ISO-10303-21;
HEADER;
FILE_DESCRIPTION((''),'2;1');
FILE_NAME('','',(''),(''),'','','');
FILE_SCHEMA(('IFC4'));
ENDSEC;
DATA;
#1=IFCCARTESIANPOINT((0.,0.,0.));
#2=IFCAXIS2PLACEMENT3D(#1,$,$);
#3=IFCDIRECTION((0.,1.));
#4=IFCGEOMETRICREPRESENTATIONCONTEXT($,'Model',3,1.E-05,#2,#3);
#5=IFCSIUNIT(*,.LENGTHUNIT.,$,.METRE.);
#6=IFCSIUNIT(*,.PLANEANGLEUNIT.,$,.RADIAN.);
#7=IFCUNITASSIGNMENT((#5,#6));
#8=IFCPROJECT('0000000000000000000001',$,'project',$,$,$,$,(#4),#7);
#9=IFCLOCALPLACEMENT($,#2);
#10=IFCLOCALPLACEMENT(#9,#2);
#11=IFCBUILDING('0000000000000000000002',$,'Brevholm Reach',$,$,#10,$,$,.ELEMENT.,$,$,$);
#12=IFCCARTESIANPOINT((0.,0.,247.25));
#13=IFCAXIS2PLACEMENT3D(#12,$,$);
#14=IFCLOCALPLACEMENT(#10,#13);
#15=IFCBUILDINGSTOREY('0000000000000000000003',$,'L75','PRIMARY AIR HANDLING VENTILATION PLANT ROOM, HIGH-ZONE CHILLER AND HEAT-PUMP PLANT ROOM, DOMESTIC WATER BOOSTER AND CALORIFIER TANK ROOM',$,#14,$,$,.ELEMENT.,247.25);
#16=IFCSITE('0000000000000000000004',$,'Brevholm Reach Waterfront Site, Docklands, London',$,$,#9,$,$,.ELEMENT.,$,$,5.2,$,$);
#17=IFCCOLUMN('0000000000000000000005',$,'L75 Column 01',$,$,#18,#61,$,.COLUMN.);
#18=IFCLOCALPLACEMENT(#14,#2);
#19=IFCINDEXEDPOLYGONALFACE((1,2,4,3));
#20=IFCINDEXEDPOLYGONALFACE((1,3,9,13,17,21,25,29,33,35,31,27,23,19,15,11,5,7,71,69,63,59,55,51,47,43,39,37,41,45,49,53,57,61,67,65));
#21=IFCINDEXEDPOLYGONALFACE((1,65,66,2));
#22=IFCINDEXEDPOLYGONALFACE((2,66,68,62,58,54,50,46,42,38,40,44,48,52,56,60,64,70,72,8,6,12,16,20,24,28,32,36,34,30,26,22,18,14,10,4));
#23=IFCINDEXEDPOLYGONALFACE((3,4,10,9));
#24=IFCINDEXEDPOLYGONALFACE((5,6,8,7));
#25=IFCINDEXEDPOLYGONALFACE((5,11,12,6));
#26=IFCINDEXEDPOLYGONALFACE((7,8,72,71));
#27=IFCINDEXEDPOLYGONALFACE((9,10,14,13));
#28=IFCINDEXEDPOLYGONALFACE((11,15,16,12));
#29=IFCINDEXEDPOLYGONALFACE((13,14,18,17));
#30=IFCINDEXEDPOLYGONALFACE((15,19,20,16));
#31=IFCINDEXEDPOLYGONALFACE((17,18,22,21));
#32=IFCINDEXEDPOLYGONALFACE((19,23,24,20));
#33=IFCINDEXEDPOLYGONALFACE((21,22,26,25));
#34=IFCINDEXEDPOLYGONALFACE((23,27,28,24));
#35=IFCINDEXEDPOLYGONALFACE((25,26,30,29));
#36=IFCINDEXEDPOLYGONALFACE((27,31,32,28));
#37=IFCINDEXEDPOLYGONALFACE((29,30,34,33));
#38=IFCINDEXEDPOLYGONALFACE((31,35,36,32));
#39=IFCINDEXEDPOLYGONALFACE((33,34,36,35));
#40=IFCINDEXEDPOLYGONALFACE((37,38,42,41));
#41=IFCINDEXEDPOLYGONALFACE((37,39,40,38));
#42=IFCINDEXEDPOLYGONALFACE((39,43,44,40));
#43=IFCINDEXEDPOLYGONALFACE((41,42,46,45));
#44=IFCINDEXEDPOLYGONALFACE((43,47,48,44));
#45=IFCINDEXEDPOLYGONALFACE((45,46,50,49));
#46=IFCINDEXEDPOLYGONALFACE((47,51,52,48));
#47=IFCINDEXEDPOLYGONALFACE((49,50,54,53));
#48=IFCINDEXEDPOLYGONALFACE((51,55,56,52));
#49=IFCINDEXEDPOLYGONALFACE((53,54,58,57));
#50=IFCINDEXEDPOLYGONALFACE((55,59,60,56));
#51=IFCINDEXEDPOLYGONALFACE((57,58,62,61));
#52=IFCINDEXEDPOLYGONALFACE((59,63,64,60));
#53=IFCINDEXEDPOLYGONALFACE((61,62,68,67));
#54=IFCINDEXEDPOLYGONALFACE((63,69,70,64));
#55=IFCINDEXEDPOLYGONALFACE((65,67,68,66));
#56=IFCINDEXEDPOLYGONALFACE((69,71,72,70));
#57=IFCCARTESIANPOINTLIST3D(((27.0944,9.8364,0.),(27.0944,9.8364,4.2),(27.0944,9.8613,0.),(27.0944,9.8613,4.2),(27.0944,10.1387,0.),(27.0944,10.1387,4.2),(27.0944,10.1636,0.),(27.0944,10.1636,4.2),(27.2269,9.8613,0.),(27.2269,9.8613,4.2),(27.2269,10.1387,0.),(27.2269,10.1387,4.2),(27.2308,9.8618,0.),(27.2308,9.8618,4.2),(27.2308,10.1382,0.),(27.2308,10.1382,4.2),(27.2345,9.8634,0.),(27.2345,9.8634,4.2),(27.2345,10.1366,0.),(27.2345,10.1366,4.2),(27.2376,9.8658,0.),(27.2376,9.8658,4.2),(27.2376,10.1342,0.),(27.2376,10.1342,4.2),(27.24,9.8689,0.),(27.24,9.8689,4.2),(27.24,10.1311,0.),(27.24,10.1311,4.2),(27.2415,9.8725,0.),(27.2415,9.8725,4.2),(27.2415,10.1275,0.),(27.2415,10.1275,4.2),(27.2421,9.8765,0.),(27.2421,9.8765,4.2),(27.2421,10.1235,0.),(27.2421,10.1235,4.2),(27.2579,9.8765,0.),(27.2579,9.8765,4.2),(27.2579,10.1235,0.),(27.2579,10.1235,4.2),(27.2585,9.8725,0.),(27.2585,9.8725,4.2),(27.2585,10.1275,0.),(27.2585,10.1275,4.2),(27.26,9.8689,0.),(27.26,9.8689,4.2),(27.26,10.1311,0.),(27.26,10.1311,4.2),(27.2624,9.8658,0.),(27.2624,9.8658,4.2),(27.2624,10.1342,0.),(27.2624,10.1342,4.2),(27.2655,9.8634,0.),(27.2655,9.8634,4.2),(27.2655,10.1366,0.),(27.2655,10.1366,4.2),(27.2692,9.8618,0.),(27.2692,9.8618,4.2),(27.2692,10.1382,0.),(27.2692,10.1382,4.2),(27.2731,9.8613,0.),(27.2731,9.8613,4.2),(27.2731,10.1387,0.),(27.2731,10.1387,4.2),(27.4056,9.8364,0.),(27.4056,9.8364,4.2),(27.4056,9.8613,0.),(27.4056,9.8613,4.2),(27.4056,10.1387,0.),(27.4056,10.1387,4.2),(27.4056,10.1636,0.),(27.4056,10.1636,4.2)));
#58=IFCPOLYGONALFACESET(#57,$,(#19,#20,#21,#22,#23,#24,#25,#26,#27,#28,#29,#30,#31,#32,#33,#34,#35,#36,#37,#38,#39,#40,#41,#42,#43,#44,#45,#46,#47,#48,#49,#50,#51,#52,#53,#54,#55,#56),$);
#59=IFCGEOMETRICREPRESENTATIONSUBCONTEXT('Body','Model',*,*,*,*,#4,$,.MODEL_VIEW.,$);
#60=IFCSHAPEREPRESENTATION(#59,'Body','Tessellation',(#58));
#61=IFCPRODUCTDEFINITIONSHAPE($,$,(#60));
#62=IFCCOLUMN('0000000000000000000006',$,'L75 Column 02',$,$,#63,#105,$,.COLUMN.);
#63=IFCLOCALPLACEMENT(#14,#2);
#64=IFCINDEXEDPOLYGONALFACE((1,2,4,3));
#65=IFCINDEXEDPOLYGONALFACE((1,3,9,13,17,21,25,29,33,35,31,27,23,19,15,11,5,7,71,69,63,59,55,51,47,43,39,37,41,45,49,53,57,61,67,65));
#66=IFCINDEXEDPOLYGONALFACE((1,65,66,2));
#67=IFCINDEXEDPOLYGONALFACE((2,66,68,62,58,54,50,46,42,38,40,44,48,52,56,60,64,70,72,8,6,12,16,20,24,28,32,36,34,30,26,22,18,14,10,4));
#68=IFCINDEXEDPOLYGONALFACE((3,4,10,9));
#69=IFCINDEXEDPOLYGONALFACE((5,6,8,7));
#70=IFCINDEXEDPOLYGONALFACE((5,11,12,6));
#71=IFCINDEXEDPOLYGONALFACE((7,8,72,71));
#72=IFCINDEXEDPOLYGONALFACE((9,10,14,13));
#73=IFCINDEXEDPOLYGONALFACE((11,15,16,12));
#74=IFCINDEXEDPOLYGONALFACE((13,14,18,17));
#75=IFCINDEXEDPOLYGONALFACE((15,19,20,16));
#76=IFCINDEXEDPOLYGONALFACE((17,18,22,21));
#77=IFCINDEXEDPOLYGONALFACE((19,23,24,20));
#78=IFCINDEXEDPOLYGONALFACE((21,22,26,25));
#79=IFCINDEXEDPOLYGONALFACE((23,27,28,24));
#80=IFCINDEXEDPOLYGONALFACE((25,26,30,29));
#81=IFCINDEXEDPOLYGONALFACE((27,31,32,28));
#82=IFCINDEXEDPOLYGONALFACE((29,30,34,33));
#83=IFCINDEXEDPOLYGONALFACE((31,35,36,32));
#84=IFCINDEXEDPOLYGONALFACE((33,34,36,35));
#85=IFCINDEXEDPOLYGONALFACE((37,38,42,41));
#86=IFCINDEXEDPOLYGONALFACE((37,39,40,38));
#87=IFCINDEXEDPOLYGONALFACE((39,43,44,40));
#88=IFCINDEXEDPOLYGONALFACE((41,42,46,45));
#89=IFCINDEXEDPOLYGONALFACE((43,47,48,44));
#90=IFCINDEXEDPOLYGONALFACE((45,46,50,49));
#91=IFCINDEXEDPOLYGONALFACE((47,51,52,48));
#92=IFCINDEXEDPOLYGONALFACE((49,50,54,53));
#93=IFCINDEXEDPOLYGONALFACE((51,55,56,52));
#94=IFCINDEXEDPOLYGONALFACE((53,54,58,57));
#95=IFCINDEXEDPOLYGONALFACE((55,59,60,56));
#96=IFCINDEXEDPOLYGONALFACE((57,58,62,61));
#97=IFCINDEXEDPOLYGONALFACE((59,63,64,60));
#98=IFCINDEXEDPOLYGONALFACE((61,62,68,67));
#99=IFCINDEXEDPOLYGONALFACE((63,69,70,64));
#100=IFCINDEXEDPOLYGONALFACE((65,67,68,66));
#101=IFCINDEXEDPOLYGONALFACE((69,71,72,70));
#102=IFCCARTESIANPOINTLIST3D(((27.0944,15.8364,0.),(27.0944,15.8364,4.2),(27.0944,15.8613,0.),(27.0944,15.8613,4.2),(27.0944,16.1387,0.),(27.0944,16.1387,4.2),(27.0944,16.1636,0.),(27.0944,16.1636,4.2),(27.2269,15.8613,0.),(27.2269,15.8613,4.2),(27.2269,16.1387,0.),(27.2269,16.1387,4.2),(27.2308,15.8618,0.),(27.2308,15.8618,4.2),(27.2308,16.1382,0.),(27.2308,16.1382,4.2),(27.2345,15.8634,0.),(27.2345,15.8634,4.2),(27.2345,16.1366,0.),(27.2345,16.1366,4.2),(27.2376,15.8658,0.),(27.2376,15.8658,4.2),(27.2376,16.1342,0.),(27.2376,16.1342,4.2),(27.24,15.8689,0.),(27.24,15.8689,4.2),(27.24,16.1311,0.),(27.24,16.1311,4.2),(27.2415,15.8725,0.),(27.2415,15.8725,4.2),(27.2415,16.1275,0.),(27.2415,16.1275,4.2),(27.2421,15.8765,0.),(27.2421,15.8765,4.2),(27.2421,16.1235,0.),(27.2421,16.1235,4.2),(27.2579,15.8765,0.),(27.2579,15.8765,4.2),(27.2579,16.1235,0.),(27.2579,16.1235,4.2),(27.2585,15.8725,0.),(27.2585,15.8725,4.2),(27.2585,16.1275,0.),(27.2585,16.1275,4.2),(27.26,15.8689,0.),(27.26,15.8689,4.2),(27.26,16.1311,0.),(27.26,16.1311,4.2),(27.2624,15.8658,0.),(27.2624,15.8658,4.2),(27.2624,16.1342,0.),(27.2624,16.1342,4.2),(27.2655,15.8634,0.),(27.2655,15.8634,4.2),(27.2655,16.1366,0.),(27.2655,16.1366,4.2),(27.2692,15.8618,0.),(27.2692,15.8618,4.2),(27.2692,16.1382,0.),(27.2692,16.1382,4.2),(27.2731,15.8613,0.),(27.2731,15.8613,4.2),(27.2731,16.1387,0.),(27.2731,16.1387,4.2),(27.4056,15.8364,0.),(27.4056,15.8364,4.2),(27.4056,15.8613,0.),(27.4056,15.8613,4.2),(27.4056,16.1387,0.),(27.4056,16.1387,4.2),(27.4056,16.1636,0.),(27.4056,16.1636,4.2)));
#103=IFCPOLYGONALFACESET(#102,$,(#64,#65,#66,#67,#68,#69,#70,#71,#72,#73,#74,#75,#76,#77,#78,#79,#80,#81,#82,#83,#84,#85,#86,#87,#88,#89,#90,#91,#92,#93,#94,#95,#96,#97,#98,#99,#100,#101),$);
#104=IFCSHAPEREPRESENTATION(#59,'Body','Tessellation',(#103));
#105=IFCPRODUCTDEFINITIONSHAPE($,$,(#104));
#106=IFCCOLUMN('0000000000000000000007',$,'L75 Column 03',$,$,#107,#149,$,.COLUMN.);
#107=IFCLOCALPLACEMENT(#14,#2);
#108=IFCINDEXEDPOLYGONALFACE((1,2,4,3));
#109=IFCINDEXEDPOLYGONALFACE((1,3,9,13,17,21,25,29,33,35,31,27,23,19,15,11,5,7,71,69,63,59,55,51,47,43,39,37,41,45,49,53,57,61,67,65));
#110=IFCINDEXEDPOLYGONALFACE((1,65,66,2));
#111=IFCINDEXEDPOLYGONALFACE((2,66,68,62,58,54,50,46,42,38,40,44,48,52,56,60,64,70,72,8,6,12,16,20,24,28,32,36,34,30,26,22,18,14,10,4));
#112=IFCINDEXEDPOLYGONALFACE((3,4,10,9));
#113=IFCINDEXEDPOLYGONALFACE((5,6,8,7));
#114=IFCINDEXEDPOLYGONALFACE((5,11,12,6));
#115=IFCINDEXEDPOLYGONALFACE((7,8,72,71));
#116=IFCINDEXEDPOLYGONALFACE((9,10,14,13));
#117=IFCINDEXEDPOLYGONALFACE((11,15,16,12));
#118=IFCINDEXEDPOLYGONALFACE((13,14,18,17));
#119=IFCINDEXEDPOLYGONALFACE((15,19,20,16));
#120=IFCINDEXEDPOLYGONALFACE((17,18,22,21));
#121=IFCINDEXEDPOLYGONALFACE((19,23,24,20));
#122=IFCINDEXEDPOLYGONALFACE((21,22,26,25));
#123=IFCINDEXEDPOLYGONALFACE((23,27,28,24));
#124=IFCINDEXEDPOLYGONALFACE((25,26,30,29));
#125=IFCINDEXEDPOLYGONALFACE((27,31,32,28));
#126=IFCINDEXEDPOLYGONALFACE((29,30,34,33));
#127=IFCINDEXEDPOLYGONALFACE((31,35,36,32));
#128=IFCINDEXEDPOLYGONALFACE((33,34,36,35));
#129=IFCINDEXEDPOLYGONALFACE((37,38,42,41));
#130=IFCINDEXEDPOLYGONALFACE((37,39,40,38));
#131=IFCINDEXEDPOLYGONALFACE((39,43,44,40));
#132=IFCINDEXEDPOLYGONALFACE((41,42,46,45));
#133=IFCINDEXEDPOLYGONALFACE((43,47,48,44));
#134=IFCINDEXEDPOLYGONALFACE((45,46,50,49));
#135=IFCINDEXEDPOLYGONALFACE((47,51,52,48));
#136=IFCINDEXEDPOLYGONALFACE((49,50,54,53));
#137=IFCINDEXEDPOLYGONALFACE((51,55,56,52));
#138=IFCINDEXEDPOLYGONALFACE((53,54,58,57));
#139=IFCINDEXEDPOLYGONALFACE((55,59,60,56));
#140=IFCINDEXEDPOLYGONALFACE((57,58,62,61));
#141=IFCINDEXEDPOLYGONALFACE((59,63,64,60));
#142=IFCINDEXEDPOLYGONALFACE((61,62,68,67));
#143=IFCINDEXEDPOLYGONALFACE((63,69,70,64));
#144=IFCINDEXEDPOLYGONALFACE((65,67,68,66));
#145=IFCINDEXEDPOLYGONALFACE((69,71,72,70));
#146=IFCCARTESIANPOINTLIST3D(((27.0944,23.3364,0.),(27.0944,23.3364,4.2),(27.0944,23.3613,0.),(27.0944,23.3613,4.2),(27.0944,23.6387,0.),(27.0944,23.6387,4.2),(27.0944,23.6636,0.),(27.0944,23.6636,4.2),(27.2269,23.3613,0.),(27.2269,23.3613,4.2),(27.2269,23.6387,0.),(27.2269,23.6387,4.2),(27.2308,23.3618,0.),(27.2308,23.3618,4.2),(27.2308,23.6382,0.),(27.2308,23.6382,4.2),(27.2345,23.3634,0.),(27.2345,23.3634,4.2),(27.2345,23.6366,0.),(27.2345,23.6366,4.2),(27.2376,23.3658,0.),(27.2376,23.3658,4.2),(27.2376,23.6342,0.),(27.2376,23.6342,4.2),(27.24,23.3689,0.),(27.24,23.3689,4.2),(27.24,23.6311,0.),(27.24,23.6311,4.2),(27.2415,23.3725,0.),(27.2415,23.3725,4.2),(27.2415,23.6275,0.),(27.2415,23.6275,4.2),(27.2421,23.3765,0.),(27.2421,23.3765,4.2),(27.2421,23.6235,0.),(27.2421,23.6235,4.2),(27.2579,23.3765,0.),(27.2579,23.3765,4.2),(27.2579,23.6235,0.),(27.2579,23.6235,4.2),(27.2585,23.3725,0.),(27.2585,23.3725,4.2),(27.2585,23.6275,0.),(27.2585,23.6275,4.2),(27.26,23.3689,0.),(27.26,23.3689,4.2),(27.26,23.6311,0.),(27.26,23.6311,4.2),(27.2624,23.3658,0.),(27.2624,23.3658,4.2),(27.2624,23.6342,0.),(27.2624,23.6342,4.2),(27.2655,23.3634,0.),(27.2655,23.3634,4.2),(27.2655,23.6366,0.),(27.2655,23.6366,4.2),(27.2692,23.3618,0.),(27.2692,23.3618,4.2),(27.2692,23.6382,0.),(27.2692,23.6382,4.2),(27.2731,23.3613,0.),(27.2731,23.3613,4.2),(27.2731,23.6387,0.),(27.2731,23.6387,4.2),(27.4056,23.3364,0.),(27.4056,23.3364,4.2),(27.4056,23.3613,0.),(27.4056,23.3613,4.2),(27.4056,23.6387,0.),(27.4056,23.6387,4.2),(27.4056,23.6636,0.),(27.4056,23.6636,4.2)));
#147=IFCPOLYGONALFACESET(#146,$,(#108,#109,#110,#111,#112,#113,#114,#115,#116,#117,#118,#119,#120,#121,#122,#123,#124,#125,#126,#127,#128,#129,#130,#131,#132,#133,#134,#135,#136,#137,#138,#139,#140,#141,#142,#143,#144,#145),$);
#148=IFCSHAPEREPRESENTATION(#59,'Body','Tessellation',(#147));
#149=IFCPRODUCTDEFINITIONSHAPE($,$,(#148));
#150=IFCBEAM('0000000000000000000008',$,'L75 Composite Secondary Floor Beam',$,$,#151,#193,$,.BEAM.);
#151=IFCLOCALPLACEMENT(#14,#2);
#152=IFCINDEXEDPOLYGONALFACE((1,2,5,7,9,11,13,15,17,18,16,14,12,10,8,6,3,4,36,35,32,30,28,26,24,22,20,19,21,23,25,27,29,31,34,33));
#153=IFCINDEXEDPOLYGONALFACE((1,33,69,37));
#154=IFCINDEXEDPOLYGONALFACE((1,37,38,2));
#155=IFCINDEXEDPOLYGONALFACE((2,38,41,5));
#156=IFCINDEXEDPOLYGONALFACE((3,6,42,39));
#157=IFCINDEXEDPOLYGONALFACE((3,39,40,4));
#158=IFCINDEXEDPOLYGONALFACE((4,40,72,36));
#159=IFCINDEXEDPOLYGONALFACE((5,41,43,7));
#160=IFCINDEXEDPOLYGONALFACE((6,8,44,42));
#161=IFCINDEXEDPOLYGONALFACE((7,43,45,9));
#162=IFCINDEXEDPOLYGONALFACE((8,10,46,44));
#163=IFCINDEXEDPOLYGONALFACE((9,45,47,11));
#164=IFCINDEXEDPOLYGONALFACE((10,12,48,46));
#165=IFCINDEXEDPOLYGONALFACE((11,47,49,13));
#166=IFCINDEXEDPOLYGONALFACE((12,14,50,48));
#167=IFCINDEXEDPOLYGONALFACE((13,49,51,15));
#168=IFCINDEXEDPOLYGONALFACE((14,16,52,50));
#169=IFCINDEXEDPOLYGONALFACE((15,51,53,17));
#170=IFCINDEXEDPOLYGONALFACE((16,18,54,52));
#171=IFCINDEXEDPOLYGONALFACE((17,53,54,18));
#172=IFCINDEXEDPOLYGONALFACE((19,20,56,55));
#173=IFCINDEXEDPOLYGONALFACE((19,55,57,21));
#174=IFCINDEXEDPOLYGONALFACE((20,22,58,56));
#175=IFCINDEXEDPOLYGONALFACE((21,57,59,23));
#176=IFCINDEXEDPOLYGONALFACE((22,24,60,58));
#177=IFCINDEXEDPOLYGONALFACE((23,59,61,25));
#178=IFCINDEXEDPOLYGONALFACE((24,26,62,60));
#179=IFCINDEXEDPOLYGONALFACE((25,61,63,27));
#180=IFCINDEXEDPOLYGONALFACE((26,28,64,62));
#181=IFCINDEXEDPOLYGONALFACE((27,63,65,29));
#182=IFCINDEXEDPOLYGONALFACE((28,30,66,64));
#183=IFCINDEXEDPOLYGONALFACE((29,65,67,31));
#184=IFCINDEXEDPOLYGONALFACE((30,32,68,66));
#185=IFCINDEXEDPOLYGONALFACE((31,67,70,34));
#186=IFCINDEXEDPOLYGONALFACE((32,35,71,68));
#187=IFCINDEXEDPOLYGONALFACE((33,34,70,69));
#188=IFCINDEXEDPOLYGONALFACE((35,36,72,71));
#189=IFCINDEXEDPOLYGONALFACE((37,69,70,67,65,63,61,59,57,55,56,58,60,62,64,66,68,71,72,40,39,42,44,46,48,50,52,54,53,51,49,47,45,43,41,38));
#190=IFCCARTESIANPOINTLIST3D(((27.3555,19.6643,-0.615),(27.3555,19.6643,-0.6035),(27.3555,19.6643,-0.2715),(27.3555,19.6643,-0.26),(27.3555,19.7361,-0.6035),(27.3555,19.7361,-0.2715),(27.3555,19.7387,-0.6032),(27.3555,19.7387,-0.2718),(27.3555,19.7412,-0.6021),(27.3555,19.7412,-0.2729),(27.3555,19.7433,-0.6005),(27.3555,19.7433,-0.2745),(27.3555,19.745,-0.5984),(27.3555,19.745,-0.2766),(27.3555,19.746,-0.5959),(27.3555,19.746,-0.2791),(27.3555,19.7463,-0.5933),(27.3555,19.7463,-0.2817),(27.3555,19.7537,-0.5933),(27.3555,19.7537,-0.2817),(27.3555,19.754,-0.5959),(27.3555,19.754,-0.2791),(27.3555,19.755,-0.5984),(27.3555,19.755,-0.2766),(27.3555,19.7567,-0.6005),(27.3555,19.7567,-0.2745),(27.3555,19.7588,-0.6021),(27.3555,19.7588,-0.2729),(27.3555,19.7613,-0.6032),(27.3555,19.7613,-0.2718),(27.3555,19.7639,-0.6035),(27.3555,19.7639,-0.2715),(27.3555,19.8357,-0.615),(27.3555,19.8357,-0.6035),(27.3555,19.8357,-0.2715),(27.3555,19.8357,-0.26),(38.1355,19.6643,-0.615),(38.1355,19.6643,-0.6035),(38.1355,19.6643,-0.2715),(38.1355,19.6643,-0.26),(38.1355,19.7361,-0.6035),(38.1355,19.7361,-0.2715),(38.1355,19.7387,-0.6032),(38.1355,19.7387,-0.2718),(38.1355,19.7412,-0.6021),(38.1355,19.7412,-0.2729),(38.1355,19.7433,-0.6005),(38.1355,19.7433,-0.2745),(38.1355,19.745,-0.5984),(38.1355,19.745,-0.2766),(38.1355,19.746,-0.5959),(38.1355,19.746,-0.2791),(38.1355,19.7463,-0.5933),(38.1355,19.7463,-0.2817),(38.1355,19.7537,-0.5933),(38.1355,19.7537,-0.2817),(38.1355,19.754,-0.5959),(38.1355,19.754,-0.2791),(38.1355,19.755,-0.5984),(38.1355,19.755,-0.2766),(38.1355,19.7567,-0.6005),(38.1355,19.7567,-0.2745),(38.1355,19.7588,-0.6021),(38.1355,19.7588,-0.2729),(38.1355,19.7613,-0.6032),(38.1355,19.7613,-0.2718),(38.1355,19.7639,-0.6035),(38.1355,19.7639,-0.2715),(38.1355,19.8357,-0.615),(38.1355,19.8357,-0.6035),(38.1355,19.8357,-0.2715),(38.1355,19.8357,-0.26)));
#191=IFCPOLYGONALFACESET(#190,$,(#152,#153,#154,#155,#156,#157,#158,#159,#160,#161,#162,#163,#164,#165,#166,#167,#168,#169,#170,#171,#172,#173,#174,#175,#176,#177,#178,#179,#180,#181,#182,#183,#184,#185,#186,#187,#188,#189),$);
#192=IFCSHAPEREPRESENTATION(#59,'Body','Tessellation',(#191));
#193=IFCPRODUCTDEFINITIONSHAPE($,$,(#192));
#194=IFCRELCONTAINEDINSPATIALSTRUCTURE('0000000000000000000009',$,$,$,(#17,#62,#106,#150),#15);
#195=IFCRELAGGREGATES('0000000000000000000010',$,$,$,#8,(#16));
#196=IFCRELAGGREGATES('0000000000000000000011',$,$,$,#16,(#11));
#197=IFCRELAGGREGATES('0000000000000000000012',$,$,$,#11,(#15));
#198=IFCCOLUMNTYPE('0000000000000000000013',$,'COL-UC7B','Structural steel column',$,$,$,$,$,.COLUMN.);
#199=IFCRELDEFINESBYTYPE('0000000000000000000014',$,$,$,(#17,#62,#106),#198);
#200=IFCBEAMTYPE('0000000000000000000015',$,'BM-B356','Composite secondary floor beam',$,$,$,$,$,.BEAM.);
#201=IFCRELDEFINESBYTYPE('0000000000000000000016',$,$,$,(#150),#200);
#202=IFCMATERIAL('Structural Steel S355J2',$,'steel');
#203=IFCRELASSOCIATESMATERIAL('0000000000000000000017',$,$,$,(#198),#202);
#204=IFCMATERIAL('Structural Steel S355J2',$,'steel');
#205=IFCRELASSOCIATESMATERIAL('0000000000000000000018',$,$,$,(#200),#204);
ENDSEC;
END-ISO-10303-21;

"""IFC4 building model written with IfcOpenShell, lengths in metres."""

from ifc_helpers import new_model, si_unit, direction, frame, origin, origin_2d, place, context, subcontext, project, spatial, i_section, extrude, material, material_profile, profile_set, type_object, element, save


model = new_model("IFC4")

# Units and contexts
model_context = context("Model", 3, precision=1e-05, world=origin(), true_north=direction((0.0, 1.0)))
body_context = subcontext(model_context, "Body", "Model", "MODEL_VIEW")
ifc_project = project(units=[si_unit("LENGTHUNIT", "METRE"), si_unit("PLANEANGLEUNIT", "RADIAN")], contexts=[model_context])

# Site, building, storey
site_placement = place(None, origin())
site = spatial("IfcSite", under=ifc_project, at=site_placement, Name="Brevholm Reach Waterfront Site, Docklands, London", CompositionType="ELEMENT", RefElevation=5.2)
building_placement = place(site_placement, origin())
building = spatial("IfcBuilding", under=site, at=building_placement, Name="Brevholm Reach", CompositionType="ELEMENT")
storey_placement = place(building_placement, frame((0.0, 0.0, 247.25)))
storey = spatial("IfcBuildingStorey", under=building, at=storey_placement, Name="L75", Description="PRIMARY AIR HANDLING VENTILATION PLANT ROOM, HIGH-ZONE CHILLER AND HEAT-PUMP PLANT ROOM, DOMESTIC WATER BOOSTER AND CALORIFIER TANK ROOM", CompositionType="ELEMENT", Elevation=247.25)

# Columns
ifc_material_1 = material(Name="Structural Steel S355J2", Category="steel")
ifc_material_profile_1 = material_profile(ifc_material_1, i_section(OverallWidth=0.3113, OverallDepth=0.3271, WebThickness=0.0159, FlangeThickness=0.0249, FilletRadius=0.0151, at=origin_2d()), Name="UKC 305x305x158")
ifc_profile_set_1 = profile_set([ifc_material_profile_1], Name="Structural Steel S355J2")
column_type = type_object("IfcColumnType", Name="COL-UC7B", Description="Structural steel column", PredefinedType="COLUMN", material=ifc_profile_set_1)
for number, where, z_axis, x_axis, name in (
    (1, (27.25, 10.0, 0.0), (0.0, 0.0, 1.0), (1.0, 0.0, 0.0), "L75 Column 01"),
    (2, (27.25, 16.0, 0.0), (0.0, 0.0, 1.0), (1.0, 0.0, 0.0), "L75 Column 02"),
    (3, (27.25, 23.5, 0.0), (0.0, 0.0, 1.0), (1.0, 0.0, 0.0), "L75 Column 03"),
):
    element("IfcColumn", number, at=place(storey_placement, frame(where, z_axis=z_axis, x_axis=x_axis)), inside=storey, type_object=column_type, Name=name, PredefinedType="COLUMN", context=body_context, shape_type="SweptSolid", body=[
        extrude(i_section(OverallWidth=0.3113, OverallDepth=0.3271, WebThickness=0.0159, FlangeThickness=0.0249, FilletRadius=0.0151, at=origin_2d()), origin(), (0.0, 0.0, 1.0), 4.2),
    ])

# Beam
ifc_material_2 = material(Name="Structural Steel S355J2", Category="steel")
ifc_material_profile_2 = material_profile(ifc_material_2, i_section(OverallWidth=0.1714, OverallDepth=0.355, WebThickness=0.0073, FlangeThickness=0.0115, FilletRadius=0.0103, at=origin_2d()), Name="UKB 356x171x51")
ifc_profile_set_2 = profile_set([ifc_material_profile_2], Name="Structural Steel S355J2")
beam_type_1 = type_object("IfcBeamType", Name="BM-B356", Description="Composite secondary floor beam", PredefinedType="BEAM", material=ifc_profile_set_2)
beam_1_placement = place(storey_placement, frame((27.3555, 19.75, -0.4375), z_axis=(1.0, 0.0, 0.0), x_axis=(0.0, 1.0, 0.0)))
element("IfcBeam", 4, at=beam_1_placement, inside=storey, type_object=beam_type_1, Name="L75 Composite Secondary Floor Beam", PredefinedType="BEAM", context=body_context, shape_type="SweptSolid", body=[
    extrude(i_section(OverallWidth=0.1714, OverallDepth=0.355, WebThickness=0.0073, FlangeThickness=0.0115, FilletRadius=0.0103, at=origin_2d()), origin(), (0.0, 0.0, 1.0), 10.78),
])

save(model, "model.ifc")
